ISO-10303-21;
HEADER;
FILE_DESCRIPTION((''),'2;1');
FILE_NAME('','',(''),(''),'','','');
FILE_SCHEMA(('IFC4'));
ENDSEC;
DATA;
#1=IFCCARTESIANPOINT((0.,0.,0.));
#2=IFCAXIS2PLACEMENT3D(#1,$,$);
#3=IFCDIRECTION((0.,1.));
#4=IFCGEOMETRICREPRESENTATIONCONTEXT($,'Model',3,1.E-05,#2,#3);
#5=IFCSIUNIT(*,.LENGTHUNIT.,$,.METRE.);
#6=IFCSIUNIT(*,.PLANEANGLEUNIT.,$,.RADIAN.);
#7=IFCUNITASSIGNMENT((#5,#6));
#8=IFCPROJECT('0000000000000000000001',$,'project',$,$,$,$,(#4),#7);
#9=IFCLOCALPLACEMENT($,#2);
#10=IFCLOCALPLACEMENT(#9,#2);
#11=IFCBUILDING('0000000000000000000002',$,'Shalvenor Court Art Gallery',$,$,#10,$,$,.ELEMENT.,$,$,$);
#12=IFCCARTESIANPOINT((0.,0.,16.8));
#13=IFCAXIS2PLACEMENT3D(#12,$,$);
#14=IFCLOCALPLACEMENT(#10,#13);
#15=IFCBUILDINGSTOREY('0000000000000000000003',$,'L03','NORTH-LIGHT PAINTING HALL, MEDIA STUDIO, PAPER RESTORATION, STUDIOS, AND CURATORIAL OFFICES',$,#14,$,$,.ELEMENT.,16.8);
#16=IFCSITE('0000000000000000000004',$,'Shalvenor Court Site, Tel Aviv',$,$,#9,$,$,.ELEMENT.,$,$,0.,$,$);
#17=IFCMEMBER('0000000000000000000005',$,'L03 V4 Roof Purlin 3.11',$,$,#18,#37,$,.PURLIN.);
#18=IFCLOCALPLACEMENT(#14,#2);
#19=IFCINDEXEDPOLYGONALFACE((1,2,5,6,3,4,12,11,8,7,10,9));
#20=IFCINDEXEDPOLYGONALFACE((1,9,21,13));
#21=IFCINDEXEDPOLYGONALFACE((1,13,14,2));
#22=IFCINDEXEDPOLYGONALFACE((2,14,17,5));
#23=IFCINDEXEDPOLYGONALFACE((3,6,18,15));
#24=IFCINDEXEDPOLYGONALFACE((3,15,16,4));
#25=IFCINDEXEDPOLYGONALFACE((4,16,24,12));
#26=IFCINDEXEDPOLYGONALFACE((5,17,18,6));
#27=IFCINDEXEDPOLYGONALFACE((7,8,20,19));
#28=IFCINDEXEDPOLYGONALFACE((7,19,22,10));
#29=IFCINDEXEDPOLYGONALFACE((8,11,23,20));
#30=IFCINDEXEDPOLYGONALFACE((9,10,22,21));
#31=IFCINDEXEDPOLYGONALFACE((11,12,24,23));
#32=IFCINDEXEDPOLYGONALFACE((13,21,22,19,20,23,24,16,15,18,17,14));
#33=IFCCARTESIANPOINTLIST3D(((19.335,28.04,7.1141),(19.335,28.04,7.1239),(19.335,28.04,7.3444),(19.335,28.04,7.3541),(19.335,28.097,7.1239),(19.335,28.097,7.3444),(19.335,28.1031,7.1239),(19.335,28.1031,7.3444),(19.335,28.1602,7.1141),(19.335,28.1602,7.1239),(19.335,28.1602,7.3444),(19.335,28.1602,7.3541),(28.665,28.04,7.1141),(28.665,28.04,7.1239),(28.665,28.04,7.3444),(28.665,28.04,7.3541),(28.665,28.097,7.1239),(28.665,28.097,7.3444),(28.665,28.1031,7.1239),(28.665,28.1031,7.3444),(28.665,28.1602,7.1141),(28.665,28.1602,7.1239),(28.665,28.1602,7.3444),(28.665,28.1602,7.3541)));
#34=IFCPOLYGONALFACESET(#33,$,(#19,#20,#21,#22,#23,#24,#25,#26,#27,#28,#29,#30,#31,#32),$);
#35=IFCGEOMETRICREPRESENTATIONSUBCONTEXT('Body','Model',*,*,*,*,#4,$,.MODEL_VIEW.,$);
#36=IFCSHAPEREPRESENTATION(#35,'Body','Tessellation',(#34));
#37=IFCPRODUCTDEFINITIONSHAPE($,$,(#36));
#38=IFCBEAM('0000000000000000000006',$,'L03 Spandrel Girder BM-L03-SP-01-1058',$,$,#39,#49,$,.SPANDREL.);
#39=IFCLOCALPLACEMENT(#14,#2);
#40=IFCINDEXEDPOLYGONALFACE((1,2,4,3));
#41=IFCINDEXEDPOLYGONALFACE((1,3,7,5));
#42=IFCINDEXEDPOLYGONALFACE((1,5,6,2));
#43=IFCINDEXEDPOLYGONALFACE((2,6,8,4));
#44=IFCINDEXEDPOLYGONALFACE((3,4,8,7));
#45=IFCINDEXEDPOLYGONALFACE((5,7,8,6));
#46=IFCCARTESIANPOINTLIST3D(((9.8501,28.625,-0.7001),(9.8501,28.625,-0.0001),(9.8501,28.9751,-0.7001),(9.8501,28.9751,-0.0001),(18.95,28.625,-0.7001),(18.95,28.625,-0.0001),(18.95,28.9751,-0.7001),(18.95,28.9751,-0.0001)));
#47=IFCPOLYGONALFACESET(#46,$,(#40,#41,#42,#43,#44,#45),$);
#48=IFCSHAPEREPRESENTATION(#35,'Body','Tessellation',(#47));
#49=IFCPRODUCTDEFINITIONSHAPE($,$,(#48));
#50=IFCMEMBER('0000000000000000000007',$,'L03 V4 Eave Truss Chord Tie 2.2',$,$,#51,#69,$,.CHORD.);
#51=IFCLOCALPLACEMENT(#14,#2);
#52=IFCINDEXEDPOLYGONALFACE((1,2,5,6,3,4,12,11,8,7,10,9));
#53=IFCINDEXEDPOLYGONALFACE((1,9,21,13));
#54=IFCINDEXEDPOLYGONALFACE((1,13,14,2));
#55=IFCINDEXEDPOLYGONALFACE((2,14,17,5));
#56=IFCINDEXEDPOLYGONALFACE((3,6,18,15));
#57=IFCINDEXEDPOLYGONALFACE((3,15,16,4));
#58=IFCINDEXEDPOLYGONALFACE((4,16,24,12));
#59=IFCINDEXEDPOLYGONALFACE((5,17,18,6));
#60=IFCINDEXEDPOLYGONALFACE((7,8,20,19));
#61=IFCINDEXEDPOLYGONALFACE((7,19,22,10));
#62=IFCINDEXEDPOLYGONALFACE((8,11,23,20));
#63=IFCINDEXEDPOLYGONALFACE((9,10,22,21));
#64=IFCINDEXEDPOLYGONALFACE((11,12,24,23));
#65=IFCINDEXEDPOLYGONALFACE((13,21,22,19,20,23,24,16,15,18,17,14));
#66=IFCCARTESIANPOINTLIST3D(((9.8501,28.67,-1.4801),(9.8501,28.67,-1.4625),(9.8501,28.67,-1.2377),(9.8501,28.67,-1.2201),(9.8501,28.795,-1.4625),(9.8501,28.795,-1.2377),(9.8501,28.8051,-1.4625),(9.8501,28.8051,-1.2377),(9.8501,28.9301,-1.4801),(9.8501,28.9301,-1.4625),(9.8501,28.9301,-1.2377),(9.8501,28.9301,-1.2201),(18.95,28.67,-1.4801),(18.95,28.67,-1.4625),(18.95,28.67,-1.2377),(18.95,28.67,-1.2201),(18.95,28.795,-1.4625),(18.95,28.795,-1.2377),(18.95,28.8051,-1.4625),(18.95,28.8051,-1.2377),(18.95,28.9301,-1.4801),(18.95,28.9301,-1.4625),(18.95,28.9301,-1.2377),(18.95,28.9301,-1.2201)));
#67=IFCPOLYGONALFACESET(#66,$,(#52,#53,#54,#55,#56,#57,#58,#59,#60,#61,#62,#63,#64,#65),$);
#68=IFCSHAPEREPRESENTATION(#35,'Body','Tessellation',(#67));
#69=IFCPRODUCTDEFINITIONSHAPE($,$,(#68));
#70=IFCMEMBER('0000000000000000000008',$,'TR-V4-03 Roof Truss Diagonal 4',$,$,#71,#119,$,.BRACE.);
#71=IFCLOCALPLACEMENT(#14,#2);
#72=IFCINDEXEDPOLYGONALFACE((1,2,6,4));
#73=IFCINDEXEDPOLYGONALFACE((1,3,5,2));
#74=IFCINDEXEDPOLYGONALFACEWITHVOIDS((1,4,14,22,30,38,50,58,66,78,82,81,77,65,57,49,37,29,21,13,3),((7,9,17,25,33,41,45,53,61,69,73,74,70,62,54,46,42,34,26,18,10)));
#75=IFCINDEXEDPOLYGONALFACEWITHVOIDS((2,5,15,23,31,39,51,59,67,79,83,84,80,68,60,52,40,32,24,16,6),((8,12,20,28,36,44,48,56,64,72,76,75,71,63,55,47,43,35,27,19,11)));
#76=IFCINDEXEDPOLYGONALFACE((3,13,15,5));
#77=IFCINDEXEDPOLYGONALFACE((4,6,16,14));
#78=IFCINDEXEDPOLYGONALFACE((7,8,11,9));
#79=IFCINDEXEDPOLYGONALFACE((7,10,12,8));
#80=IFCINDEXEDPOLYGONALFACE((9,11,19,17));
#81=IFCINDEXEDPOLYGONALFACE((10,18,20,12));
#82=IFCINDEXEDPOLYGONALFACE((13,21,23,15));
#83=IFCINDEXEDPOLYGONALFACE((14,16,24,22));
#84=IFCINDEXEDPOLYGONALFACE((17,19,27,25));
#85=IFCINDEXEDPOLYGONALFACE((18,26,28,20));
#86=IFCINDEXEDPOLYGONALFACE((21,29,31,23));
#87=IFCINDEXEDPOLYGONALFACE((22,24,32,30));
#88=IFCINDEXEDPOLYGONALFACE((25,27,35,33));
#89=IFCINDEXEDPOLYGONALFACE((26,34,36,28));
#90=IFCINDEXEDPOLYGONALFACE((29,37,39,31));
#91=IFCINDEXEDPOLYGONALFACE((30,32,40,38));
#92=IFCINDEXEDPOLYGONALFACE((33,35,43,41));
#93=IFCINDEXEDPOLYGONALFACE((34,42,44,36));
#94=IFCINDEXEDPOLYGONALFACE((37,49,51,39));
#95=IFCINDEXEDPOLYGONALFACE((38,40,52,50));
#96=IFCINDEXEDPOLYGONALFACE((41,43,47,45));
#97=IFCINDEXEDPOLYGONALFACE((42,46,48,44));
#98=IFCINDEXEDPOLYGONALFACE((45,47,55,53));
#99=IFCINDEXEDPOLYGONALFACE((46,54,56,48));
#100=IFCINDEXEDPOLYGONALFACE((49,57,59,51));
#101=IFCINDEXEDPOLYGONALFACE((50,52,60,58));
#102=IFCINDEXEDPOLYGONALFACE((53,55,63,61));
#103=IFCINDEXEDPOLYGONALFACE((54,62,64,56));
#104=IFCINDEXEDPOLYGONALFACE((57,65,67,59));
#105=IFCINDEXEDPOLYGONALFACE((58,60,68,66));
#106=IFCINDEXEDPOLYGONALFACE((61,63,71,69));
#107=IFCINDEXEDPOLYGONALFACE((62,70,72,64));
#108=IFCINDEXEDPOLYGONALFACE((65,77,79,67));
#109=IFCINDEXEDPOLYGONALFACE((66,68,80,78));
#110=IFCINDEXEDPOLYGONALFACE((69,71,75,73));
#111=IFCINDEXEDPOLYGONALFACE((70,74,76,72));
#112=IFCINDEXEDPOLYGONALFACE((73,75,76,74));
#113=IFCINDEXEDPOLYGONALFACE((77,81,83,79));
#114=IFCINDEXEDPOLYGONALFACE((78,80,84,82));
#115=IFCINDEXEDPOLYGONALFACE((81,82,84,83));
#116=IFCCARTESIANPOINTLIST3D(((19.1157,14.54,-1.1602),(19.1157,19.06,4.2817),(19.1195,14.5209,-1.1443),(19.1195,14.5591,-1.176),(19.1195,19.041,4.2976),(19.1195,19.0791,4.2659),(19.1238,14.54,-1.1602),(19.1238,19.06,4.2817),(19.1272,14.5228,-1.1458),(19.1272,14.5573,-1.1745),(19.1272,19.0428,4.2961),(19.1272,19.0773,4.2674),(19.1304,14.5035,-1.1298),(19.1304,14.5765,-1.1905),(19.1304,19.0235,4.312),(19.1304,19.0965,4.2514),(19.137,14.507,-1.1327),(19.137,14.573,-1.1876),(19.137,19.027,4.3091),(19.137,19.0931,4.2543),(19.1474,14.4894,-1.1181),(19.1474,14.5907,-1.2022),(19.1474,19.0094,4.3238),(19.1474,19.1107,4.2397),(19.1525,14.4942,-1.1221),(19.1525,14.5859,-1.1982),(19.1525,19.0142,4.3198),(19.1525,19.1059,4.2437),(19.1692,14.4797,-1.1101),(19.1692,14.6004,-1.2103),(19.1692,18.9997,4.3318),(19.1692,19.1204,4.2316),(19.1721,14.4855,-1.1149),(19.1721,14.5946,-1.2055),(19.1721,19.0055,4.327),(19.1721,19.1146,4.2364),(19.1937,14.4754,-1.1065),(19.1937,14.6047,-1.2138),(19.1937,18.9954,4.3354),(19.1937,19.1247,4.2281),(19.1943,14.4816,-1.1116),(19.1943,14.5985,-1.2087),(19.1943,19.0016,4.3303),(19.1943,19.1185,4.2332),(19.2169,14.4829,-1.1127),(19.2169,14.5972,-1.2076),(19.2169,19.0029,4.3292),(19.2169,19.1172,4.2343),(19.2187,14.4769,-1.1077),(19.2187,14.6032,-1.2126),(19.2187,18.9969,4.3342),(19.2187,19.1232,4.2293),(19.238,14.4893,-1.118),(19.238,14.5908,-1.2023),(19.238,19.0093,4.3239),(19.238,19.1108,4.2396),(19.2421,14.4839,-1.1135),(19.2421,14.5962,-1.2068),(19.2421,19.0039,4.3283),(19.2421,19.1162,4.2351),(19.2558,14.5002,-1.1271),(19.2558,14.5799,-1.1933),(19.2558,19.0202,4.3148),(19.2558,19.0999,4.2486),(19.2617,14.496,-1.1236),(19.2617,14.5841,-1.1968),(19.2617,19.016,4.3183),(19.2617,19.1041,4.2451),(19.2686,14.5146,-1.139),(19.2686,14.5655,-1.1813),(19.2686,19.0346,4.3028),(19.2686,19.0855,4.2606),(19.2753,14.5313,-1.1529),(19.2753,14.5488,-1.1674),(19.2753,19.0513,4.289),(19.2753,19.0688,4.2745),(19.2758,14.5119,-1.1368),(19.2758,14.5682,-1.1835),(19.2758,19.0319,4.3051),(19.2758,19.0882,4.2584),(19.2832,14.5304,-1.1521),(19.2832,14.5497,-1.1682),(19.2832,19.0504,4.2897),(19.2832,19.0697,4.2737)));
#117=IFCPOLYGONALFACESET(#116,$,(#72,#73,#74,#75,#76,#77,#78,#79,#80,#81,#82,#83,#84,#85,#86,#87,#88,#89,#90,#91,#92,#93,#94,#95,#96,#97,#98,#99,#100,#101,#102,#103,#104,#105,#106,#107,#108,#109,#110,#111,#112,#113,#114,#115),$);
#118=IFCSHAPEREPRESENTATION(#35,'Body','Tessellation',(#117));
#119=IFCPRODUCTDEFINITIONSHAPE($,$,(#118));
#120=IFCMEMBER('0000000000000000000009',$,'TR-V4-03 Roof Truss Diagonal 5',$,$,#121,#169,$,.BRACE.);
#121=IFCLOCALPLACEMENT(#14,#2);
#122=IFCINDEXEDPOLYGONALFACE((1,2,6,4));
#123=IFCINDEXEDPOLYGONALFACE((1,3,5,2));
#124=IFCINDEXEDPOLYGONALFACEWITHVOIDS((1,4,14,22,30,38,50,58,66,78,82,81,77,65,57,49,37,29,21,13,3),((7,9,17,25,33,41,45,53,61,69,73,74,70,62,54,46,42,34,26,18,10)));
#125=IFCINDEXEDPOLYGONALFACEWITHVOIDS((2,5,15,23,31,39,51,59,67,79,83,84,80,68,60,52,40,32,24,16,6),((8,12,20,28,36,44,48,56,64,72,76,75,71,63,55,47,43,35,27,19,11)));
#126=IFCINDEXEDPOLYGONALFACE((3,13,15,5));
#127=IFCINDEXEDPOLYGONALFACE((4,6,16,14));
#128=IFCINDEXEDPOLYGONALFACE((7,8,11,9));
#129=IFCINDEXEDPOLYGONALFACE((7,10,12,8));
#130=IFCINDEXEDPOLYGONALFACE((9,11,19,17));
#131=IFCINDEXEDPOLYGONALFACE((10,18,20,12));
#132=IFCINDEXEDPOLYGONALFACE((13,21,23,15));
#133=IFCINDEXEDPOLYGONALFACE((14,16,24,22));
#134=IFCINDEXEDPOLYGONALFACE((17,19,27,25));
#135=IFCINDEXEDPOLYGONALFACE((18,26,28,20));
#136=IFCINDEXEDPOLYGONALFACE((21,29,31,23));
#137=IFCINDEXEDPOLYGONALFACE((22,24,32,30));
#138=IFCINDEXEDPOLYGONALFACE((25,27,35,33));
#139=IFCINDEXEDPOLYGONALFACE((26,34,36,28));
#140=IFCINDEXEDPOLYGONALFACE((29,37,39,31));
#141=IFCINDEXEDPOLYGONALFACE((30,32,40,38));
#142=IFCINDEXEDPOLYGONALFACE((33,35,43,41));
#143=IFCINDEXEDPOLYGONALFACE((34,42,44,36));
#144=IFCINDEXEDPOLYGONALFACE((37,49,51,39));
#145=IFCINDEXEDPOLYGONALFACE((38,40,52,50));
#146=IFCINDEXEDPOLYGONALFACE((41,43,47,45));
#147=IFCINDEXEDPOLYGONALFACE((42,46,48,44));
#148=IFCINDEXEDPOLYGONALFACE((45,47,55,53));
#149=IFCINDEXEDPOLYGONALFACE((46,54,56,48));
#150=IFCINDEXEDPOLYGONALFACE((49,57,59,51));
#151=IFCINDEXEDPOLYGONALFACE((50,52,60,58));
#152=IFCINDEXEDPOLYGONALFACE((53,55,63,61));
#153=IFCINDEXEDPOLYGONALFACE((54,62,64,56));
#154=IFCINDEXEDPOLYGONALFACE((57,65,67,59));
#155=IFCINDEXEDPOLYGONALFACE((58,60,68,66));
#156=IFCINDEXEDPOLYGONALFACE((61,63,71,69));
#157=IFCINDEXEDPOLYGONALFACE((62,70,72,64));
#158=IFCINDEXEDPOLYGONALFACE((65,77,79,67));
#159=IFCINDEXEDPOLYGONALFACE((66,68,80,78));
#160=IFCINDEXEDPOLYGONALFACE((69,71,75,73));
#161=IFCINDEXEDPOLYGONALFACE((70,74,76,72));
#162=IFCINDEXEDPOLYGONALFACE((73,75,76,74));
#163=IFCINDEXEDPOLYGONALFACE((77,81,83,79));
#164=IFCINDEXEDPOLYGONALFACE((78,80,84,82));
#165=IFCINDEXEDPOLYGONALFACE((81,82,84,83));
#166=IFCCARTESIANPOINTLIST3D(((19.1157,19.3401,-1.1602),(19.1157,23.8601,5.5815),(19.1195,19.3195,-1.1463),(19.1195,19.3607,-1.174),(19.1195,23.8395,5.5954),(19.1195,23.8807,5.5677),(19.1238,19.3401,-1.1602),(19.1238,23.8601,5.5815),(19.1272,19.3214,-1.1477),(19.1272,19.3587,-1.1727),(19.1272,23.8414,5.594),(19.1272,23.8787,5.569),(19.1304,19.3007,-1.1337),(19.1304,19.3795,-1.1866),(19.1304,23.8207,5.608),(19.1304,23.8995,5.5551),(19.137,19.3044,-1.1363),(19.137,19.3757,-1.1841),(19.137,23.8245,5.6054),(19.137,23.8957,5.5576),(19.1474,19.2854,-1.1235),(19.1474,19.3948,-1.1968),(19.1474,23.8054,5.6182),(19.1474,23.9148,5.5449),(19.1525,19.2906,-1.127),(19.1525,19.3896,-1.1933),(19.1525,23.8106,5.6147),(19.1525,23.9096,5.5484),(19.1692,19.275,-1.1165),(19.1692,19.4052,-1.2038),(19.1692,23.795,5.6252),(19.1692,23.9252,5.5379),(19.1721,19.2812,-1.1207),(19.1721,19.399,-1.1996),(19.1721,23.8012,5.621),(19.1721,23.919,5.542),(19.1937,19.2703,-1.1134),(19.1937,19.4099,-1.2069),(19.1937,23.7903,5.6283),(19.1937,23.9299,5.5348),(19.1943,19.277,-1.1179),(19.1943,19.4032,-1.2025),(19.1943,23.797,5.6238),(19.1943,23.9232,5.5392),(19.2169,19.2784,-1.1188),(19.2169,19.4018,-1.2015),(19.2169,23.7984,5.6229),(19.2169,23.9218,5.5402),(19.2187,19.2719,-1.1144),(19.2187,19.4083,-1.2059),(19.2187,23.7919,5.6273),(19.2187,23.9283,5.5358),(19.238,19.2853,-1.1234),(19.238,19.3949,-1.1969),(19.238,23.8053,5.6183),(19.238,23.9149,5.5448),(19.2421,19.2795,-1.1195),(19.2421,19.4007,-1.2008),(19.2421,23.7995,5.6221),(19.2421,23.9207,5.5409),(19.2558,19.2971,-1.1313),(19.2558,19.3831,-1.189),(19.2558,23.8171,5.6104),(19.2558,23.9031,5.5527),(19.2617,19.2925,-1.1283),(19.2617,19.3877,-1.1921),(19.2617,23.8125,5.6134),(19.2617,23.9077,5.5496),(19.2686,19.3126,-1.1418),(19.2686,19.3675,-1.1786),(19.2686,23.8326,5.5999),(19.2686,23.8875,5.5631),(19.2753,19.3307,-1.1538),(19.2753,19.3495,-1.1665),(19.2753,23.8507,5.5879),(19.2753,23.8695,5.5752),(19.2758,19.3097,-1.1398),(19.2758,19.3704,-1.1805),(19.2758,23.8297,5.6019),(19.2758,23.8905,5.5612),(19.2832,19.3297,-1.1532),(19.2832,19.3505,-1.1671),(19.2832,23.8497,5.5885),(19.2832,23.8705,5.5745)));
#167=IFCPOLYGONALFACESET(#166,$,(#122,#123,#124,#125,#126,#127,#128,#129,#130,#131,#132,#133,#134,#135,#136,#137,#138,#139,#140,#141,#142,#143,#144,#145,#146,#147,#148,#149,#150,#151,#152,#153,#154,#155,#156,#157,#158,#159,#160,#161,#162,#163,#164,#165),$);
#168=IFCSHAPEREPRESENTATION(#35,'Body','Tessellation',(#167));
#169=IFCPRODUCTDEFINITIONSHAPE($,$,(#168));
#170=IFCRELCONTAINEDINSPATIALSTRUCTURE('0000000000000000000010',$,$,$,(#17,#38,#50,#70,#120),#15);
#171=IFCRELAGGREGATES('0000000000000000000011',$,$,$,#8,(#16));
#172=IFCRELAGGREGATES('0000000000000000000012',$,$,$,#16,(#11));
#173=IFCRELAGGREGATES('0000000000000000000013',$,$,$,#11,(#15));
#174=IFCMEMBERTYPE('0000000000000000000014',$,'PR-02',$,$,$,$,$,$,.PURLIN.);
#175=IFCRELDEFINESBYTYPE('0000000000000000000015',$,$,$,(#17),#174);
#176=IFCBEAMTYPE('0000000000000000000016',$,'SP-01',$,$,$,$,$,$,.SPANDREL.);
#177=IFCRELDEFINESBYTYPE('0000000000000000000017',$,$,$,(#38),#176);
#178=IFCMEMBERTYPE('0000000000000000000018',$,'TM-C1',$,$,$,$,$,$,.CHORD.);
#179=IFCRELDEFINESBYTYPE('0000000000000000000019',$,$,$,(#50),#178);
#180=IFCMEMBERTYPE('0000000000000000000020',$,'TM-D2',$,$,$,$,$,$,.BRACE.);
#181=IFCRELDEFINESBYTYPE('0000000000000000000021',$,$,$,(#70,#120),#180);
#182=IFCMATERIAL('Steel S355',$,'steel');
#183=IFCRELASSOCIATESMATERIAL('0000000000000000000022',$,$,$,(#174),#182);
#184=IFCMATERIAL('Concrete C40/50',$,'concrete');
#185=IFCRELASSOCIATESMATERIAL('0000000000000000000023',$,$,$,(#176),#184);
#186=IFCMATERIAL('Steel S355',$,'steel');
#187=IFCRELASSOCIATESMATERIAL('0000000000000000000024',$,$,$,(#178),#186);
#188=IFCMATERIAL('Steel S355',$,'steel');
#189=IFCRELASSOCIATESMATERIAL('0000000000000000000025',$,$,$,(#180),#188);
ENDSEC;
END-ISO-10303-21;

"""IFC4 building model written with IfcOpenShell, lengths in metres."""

from ifc_helpers import new_model, si_unit, direction, frame, origin, origin_2d, place, context, subcontext, project, spatial, rectangle, hollow_circle, i_section, extrude, material, material_profile, profile_set, type_object, element, save


model = new_model("IFC4")

# Units and contexts
model_context = context("Model", 3, precision=1e-05, world=origin(), true_north=direction((0.0, 1.0)))
body_context = subcontext(model_context, "Body", "Model", "MODEL_VIEW")
ifc_project = project(units=[si_unit("LENGTHUNIT", "METRE"), si_unit("PLANEANGLEUNIT", "RADIAN")], contexts=[model_context])

# Site, building, storey
site_placement = place(None, origin())
site = spatial("IfcSite", under=ifc_project, at=site_placement, Name="Shalvenor Court Site, Tel Aviv", CompositionType="ELEMENT", RefElevation=0.0)
building_placement = place(site_placement, origin())
building = spatial("IfcBuilding", under=site, at=building_placement, Name="Shalvenor Court Art Gallery", CompositionType="ELEMENT")
storey_placement = place(building_placement, frame((0.0, 0.0, 16.8)))
storey = spatial("IfcBuildingStorey", under=building, at=storey_placement, Name="L03", Description="NORTH-LIGHT PAINTING HALL, MEDIA STUDIO, PAPER RESTORATION, STUDIOS, AND CURATORIAL OFFICES", CompositionType="ELEMENT", Elevation=16.8)

# Member
ifc_material_1 = material(Name="Steel S355", Category="steel")
ifc_material_profile_1 = material_profile(ifc_material_1, i_section(OverallWidth=0.1201, OverallDepth=0.24, WebThickness=0.0061, FlangeThickness=0.0098, at=origin_2d()), Name="IPE 240")
ifc_profile_set_1 = profile_set([ifc_material_profile_1], Name="Steel S355")
member_type_1 = type_object("IfcMemberType", Name="PR-02", PredefinedType="PURLIN", material=ifc_profile_set_1)
for number, where, z_axis, x_axis, name in (
    (1, (19.335, 28.1001, 7.2341), (1.0, 0.0, 0.0), (0.0, 1.0, 0.0), "L03 V4 Roof Purlin 3.11"),
):
    element("IfcMember", number, at=place(storey_placement, frame(where, z_axis=z_axis, x_axis=x_axis)), inside=storey, type_object=member_type_1, Name=name, PredefinedType="PURLIN", context=body_context, shape_type="SweptSolid", body=[
        extrude(i_section(OverallWidth=0.1201, OverallDepth=0.24, WebThickness=0.0061, FlangeThickness=0.0098, at=origin_2d()), origin(), (0.0, 0.0, 1.0), 9.3301),
    ])

# Beam
ifc_material_2 = material(Name="Concrete C40/50", Category="concrete")
ifc_material_profile_2 = material_profile(ifc_material_2, rectangle(XDim=0.3501, YDim=0.7, at=origin_2d()), Name="RC 350x700")
ifc_profile_set_2 = profile_set([ifc_material_profile_2], Name="Concrete C40/50")
beam_type = type_object("IfcBeamType", Name="SP-01", PredefinedType="SPANDREL", material=ifc_profile_set_2)
beam_placement = place(storey_placement, frame((9.8501, 28.8, -0.3501), z_axis=(1.0, 0.0, 0.0), x_axis=(0.0, 1.0, 0.0)))
element("IfcBeam", 2, at=beam_placement, inside=storey, type_object=beam_type, Name="L03 Spandrel Girder BM-L03-SP-01-1058", PredefinedType="SPANDREL", context=body_context, shape_type="SweptSolid", body=[
    extrude(rectangle(XDim=0.3501, YDim=0.7, at=origin_2d()), origin(), (0.0, 0.0, 1.0), 9.0999),
])

# Members
ifc_material_3 = material(Name="Steel S355", Category="steel")
ifc_material_profile_3 = material_profile(ifc_material_3, i_section(OverallWidth=0.26, OverallDepth=0.26, WebThickness=0.01, FlangeThickness=0.0176, at=origin_2d()), Name="HEB 260")
ifc_profile_set_3 = profile_set([ifc_material_profile_3], Name="Steel S355")
member_type_2 = type_object("IfcMemberType", Name="TM-C1", PredefinedType="CHORD", material=ifc_profile_set_3)
member_1_placement = place(storey_placement, frame((9.8501, 28.8, -1.3501), z_axis=(1.0, 0.0, 0.0), x_axis=(0.0, 1.0, 0.0)))
element("IfcMember", 3, at=member_1_placement, inside=storey, type_object=member_type_2, Name="L03 V4 Eave Truss Chord Tie 2.2", PredefinedType="CHORD", context=body_context, shape_type="SweptSolid", body=[
    extrude(i_section(OverallWidth=0.26, OverallDepth=0.26, WebThickness=0.01, FlangeThickness=0.0176, at=origin_2d()), origin(), (0.0, 0.0, 1.0), 9.0999),
])
ifc_material_4 = material(Name="Steel S355", Category="steel")
ifc_material_profile_4 = material_profile(ifc_material_4, hollow_circle(Radius=0.0842, WallThickness=0.0081, at=origin_2d()), Name="CHS 168.3x8.0")
ifc_profile_set_4 = profile_set([ifc_material_profile_4], Name="Steel S355")
member_type_3 = type_object("IfcMemberType", Name="TM-D2", PredefinedType="BRACE", material=ifc_profile_set_4)
member_2_placement = place(storey_placement, frame((19.2, 14.54, -1.1602), z_axis=(0.0, 0.638941, 0.769256), x_axis=(-1.0, 0.0, 0.0)))
element("IfcMember", 4, at=member_2_placement, inside=storey, type_object=member_type_3, Name="TR-V4-03 Roof Truss Diagonal 4", PredefinedType="BRACE", context=body_context, shape_type="SweptSolid", body=[
    extrude(hollow_circle(Radius=0.0842, WallThickness=0.0081, at=origin_2d()), origin(), (0.0, 0.0, 1.0), 7.0742),
])
member_3_placement = place(storey_placement, frame((19.2, 19.3401, -1.1602), z_axis=(0.0, 0.556878, 0.830594), x_axis=(-1.0, 0.0, 0.0)))
element("IfcMember", 5, at=member_3_placement, inside=storey, type_object=member_type_3, Name="TR-V4-03 Roof Truss Diagonal 5", PredefinedType="BRACE", context=body_context, shape_type="SweptSolid", body=[
    extrude(hollow_circle(Radius=0.0842, WallThickness=0.0081, at=origin_2d()), origin(), (0.0, 0.0, 1.0), 8.1167),
])

save(model, "model.ifc")
